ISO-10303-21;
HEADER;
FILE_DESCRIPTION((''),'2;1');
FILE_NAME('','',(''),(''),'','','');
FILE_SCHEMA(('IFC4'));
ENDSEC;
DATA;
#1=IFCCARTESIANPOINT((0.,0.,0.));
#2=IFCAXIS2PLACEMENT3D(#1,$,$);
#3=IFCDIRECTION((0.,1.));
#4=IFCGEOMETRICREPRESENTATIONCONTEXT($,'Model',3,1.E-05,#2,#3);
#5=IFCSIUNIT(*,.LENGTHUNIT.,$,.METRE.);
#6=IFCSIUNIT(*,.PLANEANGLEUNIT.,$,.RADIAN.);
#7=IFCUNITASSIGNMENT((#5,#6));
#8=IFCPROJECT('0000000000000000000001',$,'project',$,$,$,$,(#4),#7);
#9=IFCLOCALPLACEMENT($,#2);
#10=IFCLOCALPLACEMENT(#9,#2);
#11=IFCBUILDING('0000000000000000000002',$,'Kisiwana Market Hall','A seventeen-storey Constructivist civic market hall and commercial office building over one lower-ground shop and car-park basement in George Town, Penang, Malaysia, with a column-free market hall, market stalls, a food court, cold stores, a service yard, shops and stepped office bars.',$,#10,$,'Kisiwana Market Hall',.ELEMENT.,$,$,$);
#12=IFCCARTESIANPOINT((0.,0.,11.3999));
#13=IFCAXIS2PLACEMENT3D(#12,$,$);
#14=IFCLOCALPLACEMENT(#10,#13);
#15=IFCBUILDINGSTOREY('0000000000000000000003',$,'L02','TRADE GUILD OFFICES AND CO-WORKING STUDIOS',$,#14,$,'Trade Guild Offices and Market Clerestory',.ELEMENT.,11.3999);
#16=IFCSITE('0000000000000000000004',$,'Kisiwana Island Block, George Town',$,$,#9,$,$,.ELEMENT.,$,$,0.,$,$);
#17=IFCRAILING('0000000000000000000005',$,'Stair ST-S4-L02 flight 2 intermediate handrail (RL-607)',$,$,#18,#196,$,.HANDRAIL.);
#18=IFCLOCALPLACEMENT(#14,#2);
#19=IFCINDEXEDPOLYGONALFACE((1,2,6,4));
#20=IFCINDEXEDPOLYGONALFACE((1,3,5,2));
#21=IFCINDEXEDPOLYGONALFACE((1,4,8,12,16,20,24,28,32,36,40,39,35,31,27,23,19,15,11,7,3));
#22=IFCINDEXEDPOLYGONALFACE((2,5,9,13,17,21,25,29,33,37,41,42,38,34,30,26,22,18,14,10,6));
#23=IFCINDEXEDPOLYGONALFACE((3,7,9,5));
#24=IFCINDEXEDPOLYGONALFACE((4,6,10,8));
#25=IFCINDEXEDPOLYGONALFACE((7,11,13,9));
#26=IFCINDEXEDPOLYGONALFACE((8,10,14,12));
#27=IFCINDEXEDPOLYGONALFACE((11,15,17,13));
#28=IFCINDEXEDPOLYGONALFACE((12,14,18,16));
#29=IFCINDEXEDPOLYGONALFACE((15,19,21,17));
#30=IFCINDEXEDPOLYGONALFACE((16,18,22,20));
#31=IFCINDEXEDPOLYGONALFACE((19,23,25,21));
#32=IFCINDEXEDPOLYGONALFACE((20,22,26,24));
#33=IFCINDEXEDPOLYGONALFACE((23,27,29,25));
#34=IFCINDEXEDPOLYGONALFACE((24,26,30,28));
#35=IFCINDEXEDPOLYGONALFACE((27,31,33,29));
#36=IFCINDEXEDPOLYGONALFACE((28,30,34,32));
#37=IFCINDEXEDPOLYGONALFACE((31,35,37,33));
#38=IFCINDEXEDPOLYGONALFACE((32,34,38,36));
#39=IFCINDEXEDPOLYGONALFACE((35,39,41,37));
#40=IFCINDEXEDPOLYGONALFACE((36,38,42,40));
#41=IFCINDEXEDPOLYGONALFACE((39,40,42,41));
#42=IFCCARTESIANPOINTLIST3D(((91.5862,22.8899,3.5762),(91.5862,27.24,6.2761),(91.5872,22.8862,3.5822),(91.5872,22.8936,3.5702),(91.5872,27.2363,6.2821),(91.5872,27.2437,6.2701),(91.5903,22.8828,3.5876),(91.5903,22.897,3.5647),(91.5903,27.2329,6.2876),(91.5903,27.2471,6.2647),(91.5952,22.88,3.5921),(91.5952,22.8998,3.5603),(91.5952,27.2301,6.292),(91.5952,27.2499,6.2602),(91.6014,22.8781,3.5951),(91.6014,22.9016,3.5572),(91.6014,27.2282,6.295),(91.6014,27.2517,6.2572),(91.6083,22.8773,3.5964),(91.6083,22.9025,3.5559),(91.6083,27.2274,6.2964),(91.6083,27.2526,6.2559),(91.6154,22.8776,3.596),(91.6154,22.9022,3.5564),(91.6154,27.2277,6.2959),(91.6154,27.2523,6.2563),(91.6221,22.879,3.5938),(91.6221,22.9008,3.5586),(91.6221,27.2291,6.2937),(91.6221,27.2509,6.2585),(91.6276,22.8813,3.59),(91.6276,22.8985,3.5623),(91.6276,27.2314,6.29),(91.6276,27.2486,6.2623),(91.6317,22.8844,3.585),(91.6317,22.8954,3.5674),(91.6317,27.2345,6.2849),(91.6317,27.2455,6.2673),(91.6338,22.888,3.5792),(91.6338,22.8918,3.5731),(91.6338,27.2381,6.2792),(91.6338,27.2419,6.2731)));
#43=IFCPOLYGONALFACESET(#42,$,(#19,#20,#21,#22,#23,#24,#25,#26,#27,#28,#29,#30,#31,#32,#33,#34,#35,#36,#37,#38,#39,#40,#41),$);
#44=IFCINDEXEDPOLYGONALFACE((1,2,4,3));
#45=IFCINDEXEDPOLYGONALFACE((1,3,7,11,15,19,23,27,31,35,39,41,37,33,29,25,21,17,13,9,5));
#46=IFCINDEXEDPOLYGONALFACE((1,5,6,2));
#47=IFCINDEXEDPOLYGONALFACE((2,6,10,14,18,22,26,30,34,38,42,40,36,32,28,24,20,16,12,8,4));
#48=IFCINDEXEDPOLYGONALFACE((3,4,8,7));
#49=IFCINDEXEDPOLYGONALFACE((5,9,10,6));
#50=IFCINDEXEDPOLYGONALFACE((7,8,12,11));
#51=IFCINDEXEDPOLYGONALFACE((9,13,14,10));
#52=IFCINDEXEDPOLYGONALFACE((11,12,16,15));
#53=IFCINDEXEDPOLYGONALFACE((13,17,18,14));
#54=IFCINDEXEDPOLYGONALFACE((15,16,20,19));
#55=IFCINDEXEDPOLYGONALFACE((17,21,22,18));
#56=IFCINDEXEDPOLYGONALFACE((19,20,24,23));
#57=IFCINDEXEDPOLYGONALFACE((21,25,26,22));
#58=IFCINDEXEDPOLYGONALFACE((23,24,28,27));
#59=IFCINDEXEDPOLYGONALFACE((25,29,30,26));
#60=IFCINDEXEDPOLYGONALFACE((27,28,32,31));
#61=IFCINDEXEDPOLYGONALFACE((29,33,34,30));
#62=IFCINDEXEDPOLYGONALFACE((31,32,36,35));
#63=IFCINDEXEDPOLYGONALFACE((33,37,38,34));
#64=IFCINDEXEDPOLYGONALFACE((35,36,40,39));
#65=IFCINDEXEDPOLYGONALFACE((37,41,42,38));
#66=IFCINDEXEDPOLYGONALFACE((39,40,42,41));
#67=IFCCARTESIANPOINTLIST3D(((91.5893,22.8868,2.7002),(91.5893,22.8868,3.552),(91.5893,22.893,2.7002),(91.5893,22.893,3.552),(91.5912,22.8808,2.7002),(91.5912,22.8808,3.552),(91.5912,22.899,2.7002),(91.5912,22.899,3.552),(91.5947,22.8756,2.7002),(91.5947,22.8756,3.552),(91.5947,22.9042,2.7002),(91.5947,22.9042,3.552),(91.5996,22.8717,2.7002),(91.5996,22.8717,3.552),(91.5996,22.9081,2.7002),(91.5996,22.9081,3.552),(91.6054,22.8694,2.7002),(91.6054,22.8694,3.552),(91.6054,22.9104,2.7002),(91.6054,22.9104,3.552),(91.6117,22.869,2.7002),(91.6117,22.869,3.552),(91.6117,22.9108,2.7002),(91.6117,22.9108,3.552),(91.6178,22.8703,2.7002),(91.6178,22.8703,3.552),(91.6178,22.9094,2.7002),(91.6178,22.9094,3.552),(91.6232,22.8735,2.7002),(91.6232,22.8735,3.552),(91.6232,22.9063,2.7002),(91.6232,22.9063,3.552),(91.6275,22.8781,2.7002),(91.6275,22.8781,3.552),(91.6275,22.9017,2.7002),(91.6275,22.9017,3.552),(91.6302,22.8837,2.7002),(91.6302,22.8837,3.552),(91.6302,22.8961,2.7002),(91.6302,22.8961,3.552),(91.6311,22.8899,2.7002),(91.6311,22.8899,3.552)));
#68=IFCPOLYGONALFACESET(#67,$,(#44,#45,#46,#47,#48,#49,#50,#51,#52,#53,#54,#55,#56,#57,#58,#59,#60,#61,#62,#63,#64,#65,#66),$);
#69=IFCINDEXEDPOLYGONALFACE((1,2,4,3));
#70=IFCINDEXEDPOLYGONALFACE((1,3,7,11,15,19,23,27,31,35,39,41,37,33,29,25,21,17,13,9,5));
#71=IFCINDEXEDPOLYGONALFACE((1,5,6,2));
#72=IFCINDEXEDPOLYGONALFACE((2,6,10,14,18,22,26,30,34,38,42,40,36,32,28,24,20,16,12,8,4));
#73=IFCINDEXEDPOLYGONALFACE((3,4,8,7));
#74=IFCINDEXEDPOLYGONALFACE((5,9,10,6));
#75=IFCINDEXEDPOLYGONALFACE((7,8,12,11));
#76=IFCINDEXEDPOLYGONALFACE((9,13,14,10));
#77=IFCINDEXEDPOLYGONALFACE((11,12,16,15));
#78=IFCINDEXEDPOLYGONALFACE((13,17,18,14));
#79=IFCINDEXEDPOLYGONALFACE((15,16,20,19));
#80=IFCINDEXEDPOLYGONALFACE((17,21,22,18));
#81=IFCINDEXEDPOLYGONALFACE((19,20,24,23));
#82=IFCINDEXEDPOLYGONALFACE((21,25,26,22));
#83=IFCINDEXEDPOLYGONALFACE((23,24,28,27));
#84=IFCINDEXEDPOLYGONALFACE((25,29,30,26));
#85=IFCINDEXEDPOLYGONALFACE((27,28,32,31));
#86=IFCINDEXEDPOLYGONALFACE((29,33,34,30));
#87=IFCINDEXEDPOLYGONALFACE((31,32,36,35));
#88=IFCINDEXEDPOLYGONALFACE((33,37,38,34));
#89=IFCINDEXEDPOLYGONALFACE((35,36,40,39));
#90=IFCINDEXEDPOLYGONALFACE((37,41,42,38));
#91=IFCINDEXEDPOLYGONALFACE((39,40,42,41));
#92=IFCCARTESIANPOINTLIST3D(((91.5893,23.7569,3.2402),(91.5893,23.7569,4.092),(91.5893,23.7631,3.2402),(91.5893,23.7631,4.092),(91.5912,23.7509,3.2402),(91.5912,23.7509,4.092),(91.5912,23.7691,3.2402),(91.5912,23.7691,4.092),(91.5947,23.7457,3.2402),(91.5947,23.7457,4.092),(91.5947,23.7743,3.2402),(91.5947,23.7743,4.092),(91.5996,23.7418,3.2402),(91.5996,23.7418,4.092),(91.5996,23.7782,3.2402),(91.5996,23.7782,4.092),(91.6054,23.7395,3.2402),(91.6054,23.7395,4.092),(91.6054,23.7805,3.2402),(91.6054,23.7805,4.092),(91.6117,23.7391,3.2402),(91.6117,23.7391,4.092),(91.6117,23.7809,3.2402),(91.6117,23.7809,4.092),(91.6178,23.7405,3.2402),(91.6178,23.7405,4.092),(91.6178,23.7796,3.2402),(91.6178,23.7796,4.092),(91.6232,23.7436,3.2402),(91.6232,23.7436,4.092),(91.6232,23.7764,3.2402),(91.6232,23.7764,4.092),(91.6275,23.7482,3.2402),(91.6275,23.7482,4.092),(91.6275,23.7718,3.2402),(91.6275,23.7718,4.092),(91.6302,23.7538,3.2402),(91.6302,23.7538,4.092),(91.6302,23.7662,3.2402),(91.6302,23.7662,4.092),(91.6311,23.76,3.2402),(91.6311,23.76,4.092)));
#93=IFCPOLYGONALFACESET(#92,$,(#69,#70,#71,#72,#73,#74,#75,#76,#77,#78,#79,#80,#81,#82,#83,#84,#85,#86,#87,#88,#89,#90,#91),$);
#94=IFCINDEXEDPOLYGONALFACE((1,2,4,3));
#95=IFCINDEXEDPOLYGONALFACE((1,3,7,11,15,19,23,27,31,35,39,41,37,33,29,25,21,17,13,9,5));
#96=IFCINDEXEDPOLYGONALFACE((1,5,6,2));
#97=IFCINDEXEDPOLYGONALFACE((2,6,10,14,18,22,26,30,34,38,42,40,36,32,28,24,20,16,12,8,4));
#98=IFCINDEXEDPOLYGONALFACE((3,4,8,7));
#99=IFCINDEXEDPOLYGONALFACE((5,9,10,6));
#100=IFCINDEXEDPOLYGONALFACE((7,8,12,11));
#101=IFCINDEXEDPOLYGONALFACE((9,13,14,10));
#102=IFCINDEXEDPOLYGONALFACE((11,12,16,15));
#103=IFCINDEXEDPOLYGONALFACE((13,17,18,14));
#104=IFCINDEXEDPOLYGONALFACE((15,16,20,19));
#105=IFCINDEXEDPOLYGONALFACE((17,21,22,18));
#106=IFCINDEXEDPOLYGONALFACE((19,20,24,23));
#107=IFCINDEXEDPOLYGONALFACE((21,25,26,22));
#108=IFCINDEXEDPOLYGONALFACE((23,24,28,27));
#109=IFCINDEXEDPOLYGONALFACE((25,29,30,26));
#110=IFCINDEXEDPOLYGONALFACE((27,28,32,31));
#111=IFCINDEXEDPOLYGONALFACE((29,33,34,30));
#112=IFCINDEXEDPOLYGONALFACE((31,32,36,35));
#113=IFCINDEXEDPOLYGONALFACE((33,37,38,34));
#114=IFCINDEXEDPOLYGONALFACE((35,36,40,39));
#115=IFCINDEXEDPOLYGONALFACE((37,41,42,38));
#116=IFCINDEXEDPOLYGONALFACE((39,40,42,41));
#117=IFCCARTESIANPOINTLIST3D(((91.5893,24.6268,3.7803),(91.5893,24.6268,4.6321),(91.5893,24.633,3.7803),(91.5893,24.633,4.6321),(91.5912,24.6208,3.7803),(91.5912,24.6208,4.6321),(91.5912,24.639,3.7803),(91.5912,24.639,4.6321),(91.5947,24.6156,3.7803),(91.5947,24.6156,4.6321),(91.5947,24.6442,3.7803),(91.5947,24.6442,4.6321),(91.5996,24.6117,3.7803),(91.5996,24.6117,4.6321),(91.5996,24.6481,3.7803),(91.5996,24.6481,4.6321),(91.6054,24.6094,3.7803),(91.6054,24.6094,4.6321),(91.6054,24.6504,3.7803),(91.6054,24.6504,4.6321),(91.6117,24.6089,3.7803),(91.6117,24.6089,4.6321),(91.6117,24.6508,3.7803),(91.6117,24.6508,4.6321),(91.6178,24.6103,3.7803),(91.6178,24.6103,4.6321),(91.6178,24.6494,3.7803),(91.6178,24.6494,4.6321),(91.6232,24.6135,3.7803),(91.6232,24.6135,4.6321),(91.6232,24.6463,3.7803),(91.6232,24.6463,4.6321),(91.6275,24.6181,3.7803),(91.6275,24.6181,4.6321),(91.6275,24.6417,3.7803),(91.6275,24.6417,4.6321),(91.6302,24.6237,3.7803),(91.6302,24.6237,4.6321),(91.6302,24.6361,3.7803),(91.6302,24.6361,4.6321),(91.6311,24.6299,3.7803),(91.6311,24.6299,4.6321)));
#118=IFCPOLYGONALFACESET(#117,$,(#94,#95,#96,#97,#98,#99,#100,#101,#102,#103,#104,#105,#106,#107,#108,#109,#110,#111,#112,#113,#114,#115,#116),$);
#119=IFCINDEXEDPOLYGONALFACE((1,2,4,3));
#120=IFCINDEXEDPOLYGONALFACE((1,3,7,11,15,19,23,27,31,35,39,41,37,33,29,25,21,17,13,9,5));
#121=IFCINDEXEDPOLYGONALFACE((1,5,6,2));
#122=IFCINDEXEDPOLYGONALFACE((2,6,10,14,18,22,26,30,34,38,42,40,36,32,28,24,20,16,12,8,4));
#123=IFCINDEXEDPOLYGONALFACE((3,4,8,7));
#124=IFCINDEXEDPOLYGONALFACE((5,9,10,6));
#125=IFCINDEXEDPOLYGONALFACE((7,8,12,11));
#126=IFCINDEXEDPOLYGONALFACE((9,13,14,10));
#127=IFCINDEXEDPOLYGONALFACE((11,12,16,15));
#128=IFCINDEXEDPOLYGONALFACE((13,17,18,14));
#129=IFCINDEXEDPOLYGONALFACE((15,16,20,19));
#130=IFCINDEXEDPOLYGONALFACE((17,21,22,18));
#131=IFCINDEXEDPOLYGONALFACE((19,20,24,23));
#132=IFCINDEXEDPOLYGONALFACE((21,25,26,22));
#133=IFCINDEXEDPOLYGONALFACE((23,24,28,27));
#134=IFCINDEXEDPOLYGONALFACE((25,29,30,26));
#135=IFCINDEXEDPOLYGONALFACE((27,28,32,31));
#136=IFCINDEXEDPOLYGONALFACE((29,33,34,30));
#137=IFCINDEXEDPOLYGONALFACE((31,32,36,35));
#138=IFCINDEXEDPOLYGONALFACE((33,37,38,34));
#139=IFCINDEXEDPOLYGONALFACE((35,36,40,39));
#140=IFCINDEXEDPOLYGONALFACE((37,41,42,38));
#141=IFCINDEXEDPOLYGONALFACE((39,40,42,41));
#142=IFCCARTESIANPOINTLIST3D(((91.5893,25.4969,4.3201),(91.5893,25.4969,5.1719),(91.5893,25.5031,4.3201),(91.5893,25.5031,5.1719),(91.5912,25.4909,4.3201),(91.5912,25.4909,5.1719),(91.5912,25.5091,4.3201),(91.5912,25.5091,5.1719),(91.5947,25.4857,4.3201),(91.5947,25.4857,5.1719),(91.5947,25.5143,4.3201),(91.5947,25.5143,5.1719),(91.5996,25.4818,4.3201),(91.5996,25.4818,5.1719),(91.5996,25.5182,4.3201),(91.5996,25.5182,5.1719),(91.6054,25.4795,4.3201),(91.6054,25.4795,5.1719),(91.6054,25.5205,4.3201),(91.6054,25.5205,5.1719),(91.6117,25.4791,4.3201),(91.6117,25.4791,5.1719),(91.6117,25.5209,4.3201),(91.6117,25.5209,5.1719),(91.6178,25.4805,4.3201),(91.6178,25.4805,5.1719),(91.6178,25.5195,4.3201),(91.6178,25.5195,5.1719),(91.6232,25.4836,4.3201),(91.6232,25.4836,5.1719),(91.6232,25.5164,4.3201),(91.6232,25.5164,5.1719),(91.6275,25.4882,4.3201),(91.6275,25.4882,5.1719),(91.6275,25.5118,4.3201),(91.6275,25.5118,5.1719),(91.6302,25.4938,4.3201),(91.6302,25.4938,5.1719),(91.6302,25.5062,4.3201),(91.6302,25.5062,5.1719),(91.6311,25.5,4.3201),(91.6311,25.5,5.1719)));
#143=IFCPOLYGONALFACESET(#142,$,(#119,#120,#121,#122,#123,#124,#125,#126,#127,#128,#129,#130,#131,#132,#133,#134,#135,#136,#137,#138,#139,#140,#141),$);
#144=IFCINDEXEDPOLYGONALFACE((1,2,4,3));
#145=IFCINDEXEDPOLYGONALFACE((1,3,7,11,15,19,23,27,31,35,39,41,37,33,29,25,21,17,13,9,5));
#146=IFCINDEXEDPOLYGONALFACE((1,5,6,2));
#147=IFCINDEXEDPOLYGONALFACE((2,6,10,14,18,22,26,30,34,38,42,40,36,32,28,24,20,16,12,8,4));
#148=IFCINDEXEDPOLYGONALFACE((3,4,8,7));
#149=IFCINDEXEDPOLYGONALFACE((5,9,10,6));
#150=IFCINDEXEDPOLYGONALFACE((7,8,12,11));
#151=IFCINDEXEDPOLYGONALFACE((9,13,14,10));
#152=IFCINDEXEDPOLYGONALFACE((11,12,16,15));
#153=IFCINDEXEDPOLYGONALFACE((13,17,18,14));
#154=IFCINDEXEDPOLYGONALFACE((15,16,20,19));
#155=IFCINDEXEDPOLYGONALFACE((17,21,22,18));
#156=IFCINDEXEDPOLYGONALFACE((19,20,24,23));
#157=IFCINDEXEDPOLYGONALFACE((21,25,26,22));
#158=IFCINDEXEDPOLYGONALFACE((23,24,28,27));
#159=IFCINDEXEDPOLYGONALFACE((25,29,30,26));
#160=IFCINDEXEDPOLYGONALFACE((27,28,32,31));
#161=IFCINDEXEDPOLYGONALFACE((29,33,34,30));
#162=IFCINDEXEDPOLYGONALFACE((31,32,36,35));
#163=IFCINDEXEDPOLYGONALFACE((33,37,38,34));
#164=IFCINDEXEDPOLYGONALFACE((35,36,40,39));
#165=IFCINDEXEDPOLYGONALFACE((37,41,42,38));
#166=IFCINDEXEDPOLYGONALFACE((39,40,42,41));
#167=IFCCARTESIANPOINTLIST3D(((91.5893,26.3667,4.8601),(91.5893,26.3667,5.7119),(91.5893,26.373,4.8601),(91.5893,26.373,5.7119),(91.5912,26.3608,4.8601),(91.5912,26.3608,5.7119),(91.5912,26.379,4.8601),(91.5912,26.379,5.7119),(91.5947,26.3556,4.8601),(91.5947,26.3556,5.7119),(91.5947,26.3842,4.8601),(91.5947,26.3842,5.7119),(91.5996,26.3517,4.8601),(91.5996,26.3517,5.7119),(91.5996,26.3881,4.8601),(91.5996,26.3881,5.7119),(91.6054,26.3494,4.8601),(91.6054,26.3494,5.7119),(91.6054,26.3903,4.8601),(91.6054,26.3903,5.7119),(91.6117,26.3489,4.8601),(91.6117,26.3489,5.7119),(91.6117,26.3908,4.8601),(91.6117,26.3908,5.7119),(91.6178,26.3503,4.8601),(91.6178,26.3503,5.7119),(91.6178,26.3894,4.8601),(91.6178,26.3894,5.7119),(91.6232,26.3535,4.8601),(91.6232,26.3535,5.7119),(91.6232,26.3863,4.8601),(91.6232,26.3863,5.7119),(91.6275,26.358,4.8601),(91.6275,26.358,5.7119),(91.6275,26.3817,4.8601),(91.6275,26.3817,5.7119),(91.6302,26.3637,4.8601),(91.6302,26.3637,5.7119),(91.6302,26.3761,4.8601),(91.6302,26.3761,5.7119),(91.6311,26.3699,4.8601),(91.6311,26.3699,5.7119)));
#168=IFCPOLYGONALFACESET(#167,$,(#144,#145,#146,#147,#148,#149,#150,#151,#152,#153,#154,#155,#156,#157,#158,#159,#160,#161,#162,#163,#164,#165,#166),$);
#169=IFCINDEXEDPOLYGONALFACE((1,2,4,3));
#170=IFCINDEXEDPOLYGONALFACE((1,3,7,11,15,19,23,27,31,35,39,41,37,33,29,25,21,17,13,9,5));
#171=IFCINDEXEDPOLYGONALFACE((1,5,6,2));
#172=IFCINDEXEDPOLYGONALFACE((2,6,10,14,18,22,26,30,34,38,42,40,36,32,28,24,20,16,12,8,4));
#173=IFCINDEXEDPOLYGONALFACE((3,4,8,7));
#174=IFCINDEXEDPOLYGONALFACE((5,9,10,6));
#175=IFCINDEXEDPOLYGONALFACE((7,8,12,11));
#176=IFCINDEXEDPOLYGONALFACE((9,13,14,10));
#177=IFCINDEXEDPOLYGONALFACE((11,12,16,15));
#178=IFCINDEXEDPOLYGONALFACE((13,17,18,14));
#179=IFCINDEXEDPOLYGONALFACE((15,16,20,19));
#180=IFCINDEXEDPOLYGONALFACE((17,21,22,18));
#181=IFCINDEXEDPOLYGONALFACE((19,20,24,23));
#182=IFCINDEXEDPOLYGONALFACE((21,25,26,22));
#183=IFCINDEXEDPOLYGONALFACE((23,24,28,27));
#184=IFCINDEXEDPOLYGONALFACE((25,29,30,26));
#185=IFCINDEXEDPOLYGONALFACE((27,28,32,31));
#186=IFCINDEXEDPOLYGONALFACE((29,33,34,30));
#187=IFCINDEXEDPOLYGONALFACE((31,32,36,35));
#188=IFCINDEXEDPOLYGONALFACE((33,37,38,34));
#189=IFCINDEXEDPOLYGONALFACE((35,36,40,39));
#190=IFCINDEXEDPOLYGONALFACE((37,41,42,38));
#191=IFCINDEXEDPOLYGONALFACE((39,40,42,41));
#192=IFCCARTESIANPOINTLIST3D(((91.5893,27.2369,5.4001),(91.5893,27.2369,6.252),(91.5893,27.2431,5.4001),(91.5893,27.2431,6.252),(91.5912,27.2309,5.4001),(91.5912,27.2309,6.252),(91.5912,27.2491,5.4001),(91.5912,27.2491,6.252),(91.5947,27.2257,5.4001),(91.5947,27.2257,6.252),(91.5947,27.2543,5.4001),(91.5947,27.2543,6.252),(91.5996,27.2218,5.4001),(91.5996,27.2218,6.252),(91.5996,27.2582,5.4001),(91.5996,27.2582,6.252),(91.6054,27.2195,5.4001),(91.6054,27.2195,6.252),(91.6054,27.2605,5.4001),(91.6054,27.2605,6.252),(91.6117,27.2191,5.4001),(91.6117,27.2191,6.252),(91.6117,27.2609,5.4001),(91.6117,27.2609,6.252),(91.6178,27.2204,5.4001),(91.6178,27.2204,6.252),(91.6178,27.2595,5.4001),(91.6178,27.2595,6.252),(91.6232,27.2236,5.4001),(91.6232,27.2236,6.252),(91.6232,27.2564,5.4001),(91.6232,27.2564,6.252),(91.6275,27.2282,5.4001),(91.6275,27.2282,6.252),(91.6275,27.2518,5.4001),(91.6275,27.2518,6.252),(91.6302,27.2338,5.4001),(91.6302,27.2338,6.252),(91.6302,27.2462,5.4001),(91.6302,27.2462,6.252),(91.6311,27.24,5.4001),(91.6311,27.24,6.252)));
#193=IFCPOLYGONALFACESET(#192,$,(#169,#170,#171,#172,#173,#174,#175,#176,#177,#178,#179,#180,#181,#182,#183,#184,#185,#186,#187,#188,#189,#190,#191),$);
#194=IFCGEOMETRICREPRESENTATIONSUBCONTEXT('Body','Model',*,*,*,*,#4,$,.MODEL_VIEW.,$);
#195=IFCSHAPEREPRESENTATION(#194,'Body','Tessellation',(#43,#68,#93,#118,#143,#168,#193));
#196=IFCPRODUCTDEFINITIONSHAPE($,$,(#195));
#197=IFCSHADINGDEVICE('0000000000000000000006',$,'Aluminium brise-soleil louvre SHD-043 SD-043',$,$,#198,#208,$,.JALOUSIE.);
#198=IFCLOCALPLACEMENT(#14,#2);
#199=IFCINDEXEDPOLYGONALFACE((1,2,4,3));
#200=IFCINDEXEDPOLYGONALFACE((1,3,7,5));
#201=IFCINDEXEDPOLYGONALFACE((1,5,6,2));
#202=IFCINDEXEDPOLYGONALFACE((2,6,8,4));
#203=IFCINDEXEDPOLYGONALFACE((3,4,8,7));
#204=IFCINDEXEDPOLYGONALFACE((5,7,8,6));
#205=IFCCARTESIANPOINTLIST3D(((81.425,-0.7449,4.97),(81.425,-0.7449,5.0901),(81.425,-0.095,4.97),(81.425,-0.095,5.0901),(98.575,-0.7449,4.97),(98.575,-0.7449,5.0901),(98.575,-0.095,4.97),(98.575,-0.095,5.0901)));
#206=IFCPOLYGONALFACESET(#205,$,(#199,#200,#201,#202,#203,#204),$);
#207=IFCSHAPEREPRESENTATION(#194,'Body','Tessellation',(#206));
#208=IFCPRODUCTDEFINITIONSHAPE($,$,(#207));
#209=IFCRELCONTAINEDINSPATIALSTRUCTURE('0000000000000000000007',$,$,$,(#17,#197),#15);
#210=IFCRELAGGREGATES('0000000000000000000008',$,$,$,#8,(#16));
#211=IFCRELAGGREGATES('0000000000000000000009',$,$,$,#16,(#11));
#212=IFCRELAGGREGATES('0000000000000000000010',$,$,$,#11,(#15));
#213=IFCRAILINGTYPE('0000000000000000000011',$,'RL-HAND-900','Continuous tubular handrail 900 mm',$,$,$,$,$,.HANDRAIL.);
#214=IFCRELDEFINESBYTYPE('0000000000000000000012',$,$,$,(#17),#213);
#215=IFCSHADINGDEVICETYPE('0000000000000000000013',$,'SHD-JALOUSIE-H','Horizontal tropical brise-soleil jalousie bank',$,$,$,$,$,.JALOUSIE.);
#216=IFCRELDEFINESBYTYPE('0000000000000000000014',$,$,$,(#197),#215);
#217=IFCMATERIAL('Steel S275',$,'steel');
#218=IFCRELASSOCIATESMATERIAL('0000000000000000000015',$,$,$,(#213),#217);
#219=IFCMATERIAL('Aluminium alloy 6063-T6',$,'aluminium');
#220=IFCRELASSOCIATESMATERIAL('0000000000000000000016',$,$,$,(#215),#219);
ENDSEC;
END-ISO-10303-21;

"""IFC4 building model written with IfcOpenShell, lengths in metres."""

from ifc_helpers import new_model, si_unit, direction, frame, origin, origin_2d, place, context, subcontext, project, spatial, rectangle, circle, extrude, material, type_object, element, save


model = new_model("IFC4")

# Units and contexts
model_context = context("Model", 3, precision=1e-05, world=origin(), true_north=direction((0.0, 1.0)))
body_context = subcontext(model_context, "Body", "Model", "MODEL_VIEW")
ifc_project = project(units=[si_unit("LENGTHUNIT", "METRE"), si_unit("PLANEANGLEUNIT", "RADIAN")], contexts=[model_context])

# Site, building, storey
site_placement = place(None, origin())
site = spatial("IfcSite", under=ifc_project, at=site_placement, Name="Kisiwana Island Block, George Town", CompositionType="ELEMENT", RefElevation=0.0)
building_placement = place(site_placement, origin())
building = spatial("IfcBuilding", under=site, at=building_placement, Name="Kisiwana Market Hall", Description="A seventeen-storey Constructivist civic market hall and commercial office building over one lower-ground shop and car-park basement in George Town, Penang, Malaysia, with a column-free market hall, market stalls, a food court, cold stores, a service yard, shops and stepped office bars.", LongName="Kisiwana Market Hall", CompositionType="ELEMENT")
storey_placement = place(building_placement, frame((0.0, 0.0, 11.3999)))
storey = spatial("IfcBuildingStorey", under=building, at=storey_placement, Name="L02", Description="TRADE GUILD OFFICES AND CO-WORKING STUDIOS", LongName="Trade Guild Offices and Market Clerestory", CompositionType="ELEMENT", Elevation=11.3999)

# Railing
ifc_material_1 = material(Name="Steel S275", Category="steel")
railing_type = type_object("IfcRailingType", Name="RL-HAND-900", Description="Continuous tubular handrail 900 mm", PredefinedType="HANDRAIL", material=ifc_material_1)
for number, where, name in (
    (1, (91.6101, 22.8899, 2.7002), "Stair ST-S4-L02 flight 2 intermediate handrail (RL-607)"),
):
    element("IfcRailing", number, at=place(storey_placement, frame(where)), inside=storey, type_object=railing_type, Name=name, PredefinedType="HANDRAIL", context=body_context, shape_type="SweptSolid", body=[
        extrude(circle(Radius=0.0239, at=origin_2d()), frame((0.0, 0.0, 0.876), z_axis=(0.0, 0.84965, 0.527347), x_axis=(-1.0, 0.0, 0.0)), (0.0, 0.0, 1.0), 5.1199),
        extrude(circle(Radius=0.021, at=origin_2d()), origin(), (0.0, 0.0, 1.0), 0.8518),
        extrude(circle(Radius=0.021, at=origin_2d()), frame((0.0, 0.8701, 0.54)), (0.0, 0.0, 1.0), 0.8518),
        extrude(circle(Radius=0.021, at=origin_2d()), frame((0.0, 1.74, 1.0801)), (0.0, 0.0, 1.0), 0.8518),
        extrude(circle(Radius=0.021, at=origin_2d()), frame((0.0, 2.6101, 1.6199)), (0.0, 0.0, 1.0), 0.8518),
        extrude(circle(Radius=0.021, at=origin_2d()), frame((0.0, 3.48, 2.1599)), (0.0, 0.0, 1.0), 0.8518),
        extrude(circle(Radius=0.021, at=origin_2d()), frame((0.0, 4.3501, 2.7)), (0.0, 0.0, 1.0), 0.8518),
    ])

# Shading device
ifc_material_2 = material(Name="Aluminium alloy 6063-T6", Category="aluminium")
shading_device_type = type_object("IfcShadingDeviceType", Name="SHD-JALOUSIE-H", Description="Horizontal tropical brise-soleil jalousie bank", PredefinedType="JALOUSIE", material=ifc_material_2)
shading_device_placement = place(storey_placement, frame((90.0, -0.4199, 4.97), z_axis=(0.0, 0.0, 1.0), x_axis=(1.0, 0.0, 0.0)))
element("IfcShadingDevice", 2, at=shading_device_placement, inside=storey, type_object=shading_device_type, Name="Aluminium brise-soleil louvre SHD-043 SD-043", PredefinedType="JALOUSIE", context=body_context, shape_type="SweptSolid", body=[
    extrude(rectangle(XDim=17.1499, YDim=0.6499, at=origin_2d()), origin(), (0.0, 0.0, 1.0), 0.1201),
])

save(model, "model.ifc")
